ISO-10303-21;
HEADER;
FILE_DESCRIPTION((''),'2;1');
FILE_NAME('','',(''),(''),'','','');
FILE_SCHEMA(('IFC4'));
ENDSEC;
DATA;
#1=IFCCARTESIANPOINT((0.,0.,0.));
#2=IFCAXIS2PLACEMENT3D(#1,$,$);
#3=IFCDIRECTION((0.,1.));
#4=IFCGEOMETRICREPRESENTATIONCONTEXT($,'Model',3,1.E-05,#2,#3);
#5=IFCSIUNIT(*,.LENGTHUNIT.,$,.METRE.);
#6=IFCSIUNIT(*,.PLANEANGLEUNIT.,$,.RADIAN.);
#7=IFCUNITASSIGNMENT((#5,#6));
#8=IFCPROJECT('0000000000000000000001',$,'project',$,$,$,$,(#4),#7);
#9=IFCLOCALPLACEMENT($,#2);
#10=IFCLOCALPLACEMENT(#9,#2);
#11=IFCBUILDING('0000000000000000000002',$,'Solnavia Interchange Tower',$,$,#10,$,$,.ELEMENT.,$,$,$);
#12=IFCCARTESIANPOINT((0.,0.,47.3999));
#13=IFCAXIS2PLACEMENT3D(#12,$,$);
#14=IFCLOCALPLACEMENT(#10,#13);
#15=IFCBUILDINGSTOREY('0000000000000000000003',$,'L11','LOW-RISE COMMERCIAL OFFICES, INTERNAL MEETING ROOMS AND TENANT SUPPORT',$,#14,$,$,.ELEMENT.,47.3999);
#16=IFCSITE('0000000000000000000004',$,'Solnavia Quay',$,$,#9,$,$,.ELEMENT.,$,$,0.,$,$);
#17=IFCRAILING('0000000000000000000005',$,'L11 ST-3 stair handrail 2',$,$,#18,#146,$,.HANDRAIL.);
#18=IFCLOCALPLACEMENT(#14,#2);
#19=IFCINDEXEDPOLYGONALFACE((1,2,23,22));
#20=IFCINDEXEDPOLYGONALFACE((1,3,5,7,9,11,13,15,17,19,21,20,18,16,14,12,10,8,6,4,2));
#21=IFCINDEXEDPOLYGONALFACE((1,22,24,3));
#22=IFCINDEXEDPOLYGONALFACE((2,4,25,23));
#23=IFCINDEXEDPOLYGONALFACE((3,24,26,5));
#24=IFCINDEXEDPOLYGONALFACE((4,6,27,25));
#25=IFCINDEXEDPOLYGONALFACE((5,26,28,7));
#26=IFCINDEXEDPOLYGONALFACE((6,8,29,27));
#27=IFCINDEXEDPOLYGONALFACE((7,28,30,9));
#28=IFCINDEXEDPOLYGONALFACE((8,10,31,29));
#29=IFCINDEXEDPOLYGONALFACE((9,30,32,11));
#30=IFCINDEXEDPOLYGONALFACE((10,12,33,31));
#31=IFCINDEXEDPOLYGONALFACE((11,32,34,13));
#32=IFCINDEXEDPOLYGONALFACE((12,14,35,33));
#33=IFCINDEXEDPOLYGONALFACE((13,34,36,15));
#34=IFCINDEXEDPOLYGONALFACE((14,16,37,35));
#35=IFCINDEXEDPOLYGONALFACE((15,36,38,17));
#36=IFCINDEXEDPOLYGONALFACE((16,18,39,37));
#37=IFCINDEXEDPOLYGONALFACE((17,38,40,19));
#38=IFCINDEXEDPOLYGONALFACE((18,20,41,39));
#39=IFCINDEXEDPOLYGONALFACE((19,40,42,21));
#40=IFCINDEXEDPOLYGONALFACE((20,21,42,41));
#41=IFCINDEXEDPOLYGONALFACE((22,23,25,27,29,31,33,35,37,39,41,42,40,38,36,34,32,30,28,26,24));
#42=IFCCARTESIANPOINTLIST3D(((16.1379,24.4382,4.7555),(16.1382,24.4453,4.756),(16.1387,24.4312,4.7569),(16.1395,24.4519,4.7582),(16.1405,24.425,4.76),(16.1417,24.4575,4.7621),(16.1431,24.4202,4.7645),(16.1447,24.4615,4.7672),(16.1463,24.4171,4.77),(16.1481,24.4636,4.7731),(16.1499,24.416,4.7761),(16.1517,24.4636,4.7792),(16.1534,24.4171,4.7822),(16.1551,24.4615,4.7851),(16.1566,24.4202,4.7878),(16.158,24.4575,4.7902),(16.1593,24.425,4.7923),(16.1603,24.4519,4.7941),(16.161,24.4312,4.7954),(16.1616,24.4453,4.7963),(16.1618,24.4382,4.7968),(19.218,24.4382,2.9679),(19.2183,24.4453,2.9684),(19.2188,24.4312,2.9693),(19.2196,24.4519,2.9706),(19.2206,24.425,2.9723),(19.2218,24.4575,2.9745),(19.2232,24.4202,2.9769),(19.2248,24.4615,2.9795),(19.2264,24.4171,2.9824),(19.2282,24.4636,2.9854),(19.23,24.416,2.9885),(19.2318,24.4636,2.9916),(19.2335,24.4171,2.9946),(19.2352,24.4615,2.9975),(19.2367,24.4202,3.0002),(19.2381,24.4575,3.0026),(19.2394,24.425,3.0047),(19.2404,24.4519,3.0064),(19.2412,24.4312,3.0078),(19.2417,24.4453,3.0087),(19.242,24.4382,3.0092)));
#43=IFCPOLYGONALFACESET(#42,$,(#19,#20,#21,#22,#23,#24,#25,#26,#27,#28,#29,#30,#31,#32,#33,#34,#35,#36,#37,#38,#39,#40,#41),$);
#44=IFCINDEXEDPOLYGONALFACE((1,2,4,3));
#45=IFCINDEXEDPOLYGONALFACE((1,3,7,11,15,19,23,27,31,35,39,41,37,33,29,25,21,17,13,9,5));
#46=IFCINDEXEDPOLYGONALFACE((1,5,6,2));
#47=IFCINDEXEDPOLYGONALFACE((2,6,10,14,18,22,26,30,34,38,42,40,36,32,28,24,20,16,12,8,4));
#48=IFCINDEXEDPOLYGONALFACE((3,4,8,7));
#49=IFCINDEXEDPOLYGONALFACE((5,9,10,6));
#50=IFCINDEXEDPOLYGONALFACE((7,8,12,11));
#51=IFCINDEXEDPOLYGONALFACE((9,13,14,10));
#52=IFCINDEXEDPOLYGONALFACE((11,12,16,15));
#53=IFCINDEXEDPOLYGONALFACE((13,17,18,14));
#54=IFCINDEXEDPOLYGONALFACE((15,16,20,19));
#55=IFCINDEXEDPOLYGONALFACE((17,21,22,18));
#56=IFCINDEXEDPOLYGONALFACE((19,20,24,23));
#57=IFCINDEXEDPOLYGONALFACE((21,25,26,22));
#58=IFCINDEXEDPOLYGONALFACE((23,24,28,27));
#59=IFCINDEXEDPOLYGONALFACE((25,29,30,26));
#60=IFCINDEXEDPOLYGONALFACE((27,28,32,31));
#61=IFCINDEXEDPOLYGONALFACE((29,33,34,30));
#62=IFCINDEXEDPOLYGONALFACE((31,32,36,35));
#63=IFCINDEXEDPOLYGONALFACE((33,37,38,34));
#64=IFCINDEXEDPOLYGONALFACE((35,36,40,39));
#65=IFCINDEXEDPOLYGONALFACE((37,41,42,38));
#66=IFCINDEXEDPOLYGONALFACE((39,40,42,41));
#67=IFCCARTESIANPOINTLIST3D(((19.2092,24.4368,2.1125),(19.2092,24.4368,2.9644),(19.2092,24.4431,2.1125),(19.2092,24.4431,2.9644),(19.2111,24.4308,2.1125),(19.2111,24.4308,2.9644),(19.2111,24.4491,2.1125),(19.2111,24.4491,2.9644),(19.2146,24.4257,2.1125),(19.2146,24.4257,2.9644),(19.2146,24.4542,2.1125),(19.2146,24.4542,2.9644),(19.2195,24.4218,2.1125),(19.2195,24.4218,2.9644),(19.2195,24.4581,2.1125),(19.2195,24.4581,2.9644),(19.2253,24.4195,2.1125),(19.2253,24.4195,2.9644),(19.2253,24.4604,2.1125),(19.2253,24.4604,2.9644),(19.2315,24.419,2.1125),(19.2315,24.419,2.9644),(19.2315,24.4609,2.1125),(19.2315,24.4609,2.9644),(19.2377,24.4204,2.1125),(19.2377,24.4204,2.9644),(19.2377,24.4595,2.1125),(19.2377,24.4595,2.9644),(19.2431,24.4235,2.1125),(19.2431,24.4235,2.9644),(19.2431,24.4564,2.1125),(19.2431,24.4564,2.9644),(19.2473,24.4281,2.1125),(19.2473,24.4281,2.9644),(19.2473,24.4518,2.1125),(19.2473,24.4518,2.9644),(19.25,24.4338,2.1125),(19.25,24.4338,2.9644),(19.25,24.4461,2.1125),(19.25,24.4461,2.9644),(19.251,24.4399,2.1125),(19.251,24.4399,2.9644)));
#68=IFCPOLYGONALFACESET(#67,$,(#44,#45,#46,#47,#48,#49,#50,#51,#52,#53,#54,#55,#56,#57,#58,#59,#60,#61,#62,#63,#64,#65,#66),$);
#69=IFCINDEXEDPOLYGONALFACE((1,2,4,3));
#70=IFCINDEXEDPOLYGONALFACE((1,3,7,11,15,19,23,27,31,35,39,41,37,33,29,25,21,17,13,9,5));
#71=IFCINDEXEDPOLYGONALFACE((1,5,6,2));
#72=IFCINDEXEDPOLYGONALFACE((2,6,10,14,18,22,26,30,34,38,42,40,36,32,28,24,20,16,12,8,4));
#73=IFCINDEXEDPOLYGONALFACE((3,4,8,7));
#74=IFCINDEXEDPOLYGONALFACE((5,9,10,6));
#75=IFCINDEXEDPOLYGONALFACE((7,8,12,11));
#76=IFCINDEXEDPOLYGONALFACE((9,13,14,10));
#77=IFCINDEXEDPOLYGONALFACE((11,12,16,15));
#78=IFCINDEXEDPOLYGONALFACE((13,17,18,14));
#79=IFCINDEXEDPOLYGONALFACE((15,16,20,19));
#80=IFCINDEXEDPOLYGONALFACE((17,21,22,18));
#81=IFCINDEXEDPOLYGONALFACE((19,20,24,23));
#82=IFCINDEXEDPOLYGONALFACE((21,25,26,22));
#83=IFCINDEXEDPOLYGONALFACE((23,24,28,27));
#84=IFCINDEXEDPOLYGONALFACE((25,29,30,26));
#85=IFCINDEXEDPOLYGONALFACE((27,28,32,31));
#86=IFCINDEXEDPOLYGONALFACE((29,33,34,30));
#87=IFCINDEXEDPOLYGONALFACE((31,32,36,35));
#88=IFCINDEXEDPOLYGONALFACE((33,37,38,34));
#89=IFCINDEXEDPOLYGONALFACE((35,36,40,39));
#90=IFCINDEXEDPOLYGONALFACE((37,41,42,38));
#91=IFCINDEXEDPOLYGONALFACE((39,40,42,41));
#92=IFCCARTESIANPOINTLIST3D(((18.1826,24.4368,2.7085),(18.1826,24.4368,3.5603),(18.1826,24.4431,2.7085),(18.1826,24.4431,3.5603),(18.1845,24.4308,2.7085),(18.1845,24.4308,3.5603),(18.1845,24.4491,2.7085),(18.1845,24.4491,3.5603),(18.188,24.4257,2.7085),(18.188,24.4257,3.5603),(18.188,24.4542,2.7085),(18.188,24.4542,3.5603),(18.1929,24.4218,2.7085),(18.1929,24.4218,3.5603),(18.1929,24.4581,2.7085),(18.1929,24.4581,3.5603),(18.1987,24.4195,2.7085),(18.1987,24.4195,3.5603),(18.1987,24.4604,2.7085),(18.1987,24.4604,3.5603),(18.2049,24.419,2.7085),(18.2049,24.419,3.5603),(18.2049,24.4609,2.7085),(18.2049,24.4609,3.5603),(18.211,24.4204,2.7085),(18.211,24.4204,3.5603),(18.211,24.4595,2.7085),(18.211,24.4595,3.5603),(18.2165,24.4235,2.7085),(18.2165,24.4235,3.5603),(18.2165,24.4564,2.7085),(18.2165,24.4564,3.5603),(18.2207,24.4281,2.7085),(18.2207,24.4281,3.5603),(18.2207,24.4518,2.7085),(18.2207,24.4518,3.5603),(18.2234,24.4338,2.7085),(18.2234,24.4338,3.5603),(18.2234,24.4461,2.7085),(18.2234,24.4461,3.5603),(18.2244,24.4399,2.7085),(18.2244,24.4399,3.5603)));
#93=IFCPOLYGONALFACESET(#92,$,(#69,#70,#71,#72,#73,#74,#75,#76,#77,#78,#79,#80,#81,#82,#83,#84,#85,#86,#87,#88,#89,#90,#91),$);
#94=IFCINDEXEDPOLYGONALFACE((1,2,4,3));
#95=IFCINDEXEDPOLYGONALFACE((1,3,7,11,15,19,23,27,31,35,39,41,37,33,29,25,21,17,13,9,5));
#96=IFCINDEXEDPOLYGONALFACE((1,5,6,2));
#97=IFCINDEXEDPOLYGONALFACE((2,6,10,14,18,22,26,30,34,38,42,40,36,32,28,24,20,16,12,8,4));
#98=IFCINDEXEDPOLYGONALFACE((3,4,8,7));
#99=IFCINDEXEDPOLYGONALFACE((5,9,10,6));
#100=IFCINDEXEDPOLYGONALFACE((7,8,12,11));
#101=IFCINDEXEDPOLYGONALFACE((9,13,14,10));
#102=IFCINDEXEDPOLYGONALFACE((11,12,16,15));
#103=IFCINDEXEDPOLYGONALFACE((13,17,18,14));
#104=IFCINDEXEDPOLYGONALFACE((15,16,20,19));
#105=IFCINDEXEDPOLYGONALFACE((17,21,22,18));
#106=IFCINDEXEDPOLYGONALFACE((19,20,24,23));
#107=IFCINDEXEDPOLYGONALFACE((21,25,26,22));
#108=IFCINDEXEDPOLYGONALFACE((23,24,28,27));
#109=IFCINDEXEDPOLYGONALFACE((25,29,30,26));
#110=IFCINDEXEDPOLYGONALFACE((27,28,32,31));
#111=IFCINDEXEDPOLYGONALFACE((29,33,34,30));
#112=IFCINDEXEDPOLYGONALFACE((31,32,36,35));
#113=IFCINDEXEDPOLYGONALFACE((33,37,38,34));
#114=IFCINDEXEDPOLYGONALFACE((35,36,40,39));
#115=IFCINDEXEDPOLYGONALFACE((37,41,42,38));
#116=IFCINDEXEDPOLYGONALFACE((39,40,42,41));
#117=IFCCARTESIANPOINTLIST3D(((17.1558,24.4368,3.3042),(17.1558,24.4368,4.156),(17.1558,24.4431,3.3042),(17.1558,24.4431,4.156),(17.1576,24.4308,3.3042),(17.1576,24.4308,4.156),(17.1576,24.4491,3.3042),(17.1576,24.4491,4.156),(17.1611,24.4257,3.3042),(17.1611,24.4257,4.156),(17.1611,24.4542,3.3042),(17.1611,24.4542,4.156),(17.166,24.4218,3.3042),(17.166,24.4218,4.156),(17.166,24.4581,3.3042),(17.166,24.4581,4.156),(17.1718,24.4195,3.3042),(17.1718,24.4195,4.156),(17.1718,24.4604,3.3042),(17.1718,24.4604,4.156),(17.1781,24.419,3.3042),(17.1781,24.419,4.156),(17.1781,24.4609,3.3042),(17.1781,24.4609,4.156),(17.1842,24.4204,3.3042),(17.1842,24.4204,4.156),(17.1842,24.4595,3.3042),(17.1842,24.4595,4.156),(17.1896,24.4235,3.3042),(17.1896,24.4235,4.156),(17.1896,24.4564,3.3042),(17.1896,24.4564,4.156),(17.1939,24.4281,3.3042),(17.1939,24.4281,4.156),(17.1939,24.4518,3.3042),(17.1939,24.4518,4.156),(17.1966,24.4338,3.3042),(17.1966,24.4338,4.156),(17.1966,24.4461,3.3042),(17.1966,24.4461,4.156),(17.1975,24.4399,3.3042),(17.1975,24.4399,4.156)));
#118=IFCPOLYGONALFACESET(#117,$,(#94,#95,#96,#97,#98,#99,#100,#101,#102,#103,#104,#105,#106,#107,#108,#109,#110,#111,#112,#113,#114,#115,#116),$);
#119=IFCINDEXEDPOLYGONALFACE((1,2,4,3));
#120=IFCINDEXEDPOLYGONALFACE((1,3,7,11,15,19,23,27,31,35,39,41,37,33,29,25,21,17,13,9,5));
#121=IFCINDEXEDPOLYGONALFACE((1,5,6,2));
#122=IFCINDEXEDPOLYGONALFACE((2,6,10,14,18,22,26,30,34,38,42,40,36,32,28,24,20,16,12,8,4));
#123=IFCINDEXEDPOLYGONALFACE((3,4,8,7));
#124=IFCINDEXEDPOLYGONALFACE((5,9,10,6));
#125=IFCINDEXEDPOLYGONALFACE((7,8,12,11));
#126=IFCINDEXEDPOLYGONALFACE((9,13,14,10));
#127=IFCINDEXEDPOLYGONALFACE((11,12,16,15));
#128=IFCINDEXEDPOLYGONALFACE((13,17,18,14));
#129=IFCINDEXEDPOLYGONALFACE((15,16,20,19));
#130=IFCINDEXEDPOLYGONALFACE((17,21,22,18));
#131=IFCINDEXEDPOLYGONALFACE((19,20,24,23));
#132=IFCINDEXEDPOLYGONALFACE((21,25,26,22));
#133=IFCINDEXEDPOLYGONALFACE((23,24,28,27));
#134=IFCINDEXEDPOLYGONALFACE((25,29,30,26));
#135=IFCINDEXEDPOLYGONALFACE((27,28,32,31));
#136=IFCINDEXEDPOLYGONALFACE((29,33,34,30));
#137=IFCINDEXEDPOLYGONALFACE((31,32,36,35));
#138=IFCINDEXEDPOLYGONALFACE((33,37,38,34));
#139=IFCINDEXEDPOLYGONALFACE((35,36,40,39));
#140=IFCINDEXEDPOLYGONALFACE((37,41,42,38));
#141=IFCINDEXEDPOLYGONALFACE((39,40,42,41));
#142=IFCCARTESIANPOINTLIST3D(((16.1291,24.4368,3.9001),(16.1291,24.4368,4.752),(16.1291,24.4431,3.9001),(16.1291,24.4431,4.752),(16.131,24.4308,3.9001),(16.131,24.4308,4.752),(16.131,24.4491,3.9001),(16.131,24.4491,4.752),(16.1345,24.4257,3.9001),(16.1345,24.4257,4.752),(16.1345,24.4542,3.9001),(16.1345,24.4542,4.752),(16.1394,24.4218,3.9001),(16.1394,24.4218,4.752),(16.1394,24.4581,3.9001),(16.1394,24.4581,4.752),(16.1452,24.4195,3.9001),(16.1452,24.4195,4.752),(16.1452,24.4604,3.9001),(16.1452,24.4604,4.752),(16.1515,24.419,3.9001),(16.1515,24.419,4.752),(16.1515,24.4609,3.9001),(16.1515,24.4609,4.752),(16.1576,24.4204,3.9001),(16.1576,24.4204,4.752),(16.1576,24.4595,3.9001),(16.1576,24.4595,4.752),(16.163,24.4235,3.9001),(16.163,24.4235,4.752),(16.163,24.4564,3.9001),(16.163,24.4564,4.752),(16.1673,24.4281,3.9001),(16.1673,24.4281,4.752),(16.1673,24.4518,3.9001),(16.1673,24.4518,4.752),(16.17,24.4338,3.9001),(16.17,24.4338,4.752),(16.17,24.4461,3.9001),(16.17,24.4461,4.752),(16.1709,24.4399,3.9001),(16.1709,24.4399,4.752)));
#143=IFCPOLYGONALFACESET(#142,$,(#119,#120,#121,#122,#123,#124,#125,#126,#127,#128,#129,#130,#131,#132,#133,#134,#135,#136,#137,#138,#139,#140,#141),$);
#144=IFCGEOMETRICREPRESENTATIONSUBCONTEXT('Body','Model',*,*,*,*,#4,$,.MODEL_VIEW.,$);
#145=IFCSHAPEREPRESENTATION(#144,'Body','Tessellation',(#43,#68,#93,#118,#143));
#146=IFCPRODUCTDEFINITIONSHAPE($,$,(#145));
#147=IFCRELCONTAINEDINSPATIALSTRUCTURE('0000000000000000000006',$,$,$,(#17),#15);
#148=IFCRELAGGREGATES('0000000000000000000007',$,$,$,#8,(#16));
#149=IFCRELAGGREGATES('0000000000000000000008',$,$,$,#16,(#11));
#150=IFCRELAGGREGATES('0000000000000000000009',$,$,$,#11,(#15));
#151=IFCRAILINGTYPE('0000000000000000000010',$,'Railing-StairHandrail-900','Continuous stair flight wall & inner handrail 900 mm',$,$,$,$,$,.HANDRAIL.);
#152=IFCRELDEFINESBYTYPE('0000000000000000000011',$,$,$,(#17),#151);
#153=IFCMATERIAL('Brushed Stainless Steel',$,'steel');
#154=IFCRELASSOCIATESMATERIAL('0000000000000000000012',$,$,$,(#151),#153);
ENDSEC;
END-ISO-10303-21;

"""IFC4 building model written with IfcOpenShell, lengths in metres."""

from ifc_helpers import new_model, si_unit, direction, frame, origin, origin_2d, place, context, subcontext, project, spatial, circle, extrude, material, type_object, element, save


model = new_model("IFC4")

# Units and contexts
model_context = context("Model", 3, precision=1e-05, world=origin(), true_north=direction((0.0, 1.0)))
body_context = subcontext(model_context, "Body", "Model", "MODEL_VIEW")
ifc_project = project(units=[si_unit("LENGTHUNIT", "METRE"), si_unit("PLANEANGLEUNIT", "RADIAN")], contexts=[model_context])

# Site, building, storey
site_placement = place(None, origin())
site = spatial("IfcSite", under=ifc_project, at=site_placement, Name="Solnavia Quay", CompositionType="ELEMENT", RefElevation=0.0)
building_placement = place(site_placement, origin())
building = spatial("IfcBuilding", under=site, at=building_placement, Name="Solnavia Interchange Tower", CompositionType="ELEMENT")
storey_placement = place(building_placement, frame((0.0, 0.0, 47.3999)))
storey = spatial("IfcBuildingStorey", under=building, at=storey_placement, Name="L11", Description="LOW-RISE COMMERCIAL OFFICES, INTERNAL MEETING ROOMS AND TENANT SUPPORT", CompositionType="ELEMENT", Elevation=47.3999)

# Railing
ifc_material_1 = material(Name="Brushed Stainless Steel", Category="steel")
railing_type_1 = type_object("IfcRailingType", Name="Railing-StairHandrail-900", Description="Continuous stair flight wall & inner handrail 900 mm", PredefinedType="HANDRAIL", material=ifc_material_1)
railing_1_placement = place(storey_placement, frame((19.23, 24.4399, 2.1125)))
element("IfcRailing", 1, at=railing_1_placement, inside=storey, type_object=railing_type_1, Name="L11 ST-3 stair handrail 2", PredefinedType="HANDRAIL", context=body_context, shape_type="SweptSolid", body=[
    extrude(circle(Radius=0.0239, at=origin_2d()), frame((0.0, 0.0, 0.876), z_axis=(-0.864891, 0.0, 0.50196), x_axis=(0.0, -1.0, 0.0)), (0.0, 0.0, 1.0), 3.5613),
    extrude(circle(Radius=0.021, at=origin_2d()), origin(), (0.0, 0.0, 1.0), 0.8518),
    extrude(circle(Radius=0.021, at=origin_2d()), frame((-1.0266, 0.0, 0.5959)), (0.0, 0.0, 1.0), 0.8518),
    extrude(circle(Radius=0.021, at=origin_2d()), frame((-2.0535, 0.0, 1.1917)), (0.0, 0.0, 1.0), 0.8518),
    extrude(circle(Radius=0.021, at=origin_2d()), frame((-3.0801, 0.0, 1.7876)), (0.0, 0.0, 1.0), 0.8518),
])

save(model, "model.ifc")
